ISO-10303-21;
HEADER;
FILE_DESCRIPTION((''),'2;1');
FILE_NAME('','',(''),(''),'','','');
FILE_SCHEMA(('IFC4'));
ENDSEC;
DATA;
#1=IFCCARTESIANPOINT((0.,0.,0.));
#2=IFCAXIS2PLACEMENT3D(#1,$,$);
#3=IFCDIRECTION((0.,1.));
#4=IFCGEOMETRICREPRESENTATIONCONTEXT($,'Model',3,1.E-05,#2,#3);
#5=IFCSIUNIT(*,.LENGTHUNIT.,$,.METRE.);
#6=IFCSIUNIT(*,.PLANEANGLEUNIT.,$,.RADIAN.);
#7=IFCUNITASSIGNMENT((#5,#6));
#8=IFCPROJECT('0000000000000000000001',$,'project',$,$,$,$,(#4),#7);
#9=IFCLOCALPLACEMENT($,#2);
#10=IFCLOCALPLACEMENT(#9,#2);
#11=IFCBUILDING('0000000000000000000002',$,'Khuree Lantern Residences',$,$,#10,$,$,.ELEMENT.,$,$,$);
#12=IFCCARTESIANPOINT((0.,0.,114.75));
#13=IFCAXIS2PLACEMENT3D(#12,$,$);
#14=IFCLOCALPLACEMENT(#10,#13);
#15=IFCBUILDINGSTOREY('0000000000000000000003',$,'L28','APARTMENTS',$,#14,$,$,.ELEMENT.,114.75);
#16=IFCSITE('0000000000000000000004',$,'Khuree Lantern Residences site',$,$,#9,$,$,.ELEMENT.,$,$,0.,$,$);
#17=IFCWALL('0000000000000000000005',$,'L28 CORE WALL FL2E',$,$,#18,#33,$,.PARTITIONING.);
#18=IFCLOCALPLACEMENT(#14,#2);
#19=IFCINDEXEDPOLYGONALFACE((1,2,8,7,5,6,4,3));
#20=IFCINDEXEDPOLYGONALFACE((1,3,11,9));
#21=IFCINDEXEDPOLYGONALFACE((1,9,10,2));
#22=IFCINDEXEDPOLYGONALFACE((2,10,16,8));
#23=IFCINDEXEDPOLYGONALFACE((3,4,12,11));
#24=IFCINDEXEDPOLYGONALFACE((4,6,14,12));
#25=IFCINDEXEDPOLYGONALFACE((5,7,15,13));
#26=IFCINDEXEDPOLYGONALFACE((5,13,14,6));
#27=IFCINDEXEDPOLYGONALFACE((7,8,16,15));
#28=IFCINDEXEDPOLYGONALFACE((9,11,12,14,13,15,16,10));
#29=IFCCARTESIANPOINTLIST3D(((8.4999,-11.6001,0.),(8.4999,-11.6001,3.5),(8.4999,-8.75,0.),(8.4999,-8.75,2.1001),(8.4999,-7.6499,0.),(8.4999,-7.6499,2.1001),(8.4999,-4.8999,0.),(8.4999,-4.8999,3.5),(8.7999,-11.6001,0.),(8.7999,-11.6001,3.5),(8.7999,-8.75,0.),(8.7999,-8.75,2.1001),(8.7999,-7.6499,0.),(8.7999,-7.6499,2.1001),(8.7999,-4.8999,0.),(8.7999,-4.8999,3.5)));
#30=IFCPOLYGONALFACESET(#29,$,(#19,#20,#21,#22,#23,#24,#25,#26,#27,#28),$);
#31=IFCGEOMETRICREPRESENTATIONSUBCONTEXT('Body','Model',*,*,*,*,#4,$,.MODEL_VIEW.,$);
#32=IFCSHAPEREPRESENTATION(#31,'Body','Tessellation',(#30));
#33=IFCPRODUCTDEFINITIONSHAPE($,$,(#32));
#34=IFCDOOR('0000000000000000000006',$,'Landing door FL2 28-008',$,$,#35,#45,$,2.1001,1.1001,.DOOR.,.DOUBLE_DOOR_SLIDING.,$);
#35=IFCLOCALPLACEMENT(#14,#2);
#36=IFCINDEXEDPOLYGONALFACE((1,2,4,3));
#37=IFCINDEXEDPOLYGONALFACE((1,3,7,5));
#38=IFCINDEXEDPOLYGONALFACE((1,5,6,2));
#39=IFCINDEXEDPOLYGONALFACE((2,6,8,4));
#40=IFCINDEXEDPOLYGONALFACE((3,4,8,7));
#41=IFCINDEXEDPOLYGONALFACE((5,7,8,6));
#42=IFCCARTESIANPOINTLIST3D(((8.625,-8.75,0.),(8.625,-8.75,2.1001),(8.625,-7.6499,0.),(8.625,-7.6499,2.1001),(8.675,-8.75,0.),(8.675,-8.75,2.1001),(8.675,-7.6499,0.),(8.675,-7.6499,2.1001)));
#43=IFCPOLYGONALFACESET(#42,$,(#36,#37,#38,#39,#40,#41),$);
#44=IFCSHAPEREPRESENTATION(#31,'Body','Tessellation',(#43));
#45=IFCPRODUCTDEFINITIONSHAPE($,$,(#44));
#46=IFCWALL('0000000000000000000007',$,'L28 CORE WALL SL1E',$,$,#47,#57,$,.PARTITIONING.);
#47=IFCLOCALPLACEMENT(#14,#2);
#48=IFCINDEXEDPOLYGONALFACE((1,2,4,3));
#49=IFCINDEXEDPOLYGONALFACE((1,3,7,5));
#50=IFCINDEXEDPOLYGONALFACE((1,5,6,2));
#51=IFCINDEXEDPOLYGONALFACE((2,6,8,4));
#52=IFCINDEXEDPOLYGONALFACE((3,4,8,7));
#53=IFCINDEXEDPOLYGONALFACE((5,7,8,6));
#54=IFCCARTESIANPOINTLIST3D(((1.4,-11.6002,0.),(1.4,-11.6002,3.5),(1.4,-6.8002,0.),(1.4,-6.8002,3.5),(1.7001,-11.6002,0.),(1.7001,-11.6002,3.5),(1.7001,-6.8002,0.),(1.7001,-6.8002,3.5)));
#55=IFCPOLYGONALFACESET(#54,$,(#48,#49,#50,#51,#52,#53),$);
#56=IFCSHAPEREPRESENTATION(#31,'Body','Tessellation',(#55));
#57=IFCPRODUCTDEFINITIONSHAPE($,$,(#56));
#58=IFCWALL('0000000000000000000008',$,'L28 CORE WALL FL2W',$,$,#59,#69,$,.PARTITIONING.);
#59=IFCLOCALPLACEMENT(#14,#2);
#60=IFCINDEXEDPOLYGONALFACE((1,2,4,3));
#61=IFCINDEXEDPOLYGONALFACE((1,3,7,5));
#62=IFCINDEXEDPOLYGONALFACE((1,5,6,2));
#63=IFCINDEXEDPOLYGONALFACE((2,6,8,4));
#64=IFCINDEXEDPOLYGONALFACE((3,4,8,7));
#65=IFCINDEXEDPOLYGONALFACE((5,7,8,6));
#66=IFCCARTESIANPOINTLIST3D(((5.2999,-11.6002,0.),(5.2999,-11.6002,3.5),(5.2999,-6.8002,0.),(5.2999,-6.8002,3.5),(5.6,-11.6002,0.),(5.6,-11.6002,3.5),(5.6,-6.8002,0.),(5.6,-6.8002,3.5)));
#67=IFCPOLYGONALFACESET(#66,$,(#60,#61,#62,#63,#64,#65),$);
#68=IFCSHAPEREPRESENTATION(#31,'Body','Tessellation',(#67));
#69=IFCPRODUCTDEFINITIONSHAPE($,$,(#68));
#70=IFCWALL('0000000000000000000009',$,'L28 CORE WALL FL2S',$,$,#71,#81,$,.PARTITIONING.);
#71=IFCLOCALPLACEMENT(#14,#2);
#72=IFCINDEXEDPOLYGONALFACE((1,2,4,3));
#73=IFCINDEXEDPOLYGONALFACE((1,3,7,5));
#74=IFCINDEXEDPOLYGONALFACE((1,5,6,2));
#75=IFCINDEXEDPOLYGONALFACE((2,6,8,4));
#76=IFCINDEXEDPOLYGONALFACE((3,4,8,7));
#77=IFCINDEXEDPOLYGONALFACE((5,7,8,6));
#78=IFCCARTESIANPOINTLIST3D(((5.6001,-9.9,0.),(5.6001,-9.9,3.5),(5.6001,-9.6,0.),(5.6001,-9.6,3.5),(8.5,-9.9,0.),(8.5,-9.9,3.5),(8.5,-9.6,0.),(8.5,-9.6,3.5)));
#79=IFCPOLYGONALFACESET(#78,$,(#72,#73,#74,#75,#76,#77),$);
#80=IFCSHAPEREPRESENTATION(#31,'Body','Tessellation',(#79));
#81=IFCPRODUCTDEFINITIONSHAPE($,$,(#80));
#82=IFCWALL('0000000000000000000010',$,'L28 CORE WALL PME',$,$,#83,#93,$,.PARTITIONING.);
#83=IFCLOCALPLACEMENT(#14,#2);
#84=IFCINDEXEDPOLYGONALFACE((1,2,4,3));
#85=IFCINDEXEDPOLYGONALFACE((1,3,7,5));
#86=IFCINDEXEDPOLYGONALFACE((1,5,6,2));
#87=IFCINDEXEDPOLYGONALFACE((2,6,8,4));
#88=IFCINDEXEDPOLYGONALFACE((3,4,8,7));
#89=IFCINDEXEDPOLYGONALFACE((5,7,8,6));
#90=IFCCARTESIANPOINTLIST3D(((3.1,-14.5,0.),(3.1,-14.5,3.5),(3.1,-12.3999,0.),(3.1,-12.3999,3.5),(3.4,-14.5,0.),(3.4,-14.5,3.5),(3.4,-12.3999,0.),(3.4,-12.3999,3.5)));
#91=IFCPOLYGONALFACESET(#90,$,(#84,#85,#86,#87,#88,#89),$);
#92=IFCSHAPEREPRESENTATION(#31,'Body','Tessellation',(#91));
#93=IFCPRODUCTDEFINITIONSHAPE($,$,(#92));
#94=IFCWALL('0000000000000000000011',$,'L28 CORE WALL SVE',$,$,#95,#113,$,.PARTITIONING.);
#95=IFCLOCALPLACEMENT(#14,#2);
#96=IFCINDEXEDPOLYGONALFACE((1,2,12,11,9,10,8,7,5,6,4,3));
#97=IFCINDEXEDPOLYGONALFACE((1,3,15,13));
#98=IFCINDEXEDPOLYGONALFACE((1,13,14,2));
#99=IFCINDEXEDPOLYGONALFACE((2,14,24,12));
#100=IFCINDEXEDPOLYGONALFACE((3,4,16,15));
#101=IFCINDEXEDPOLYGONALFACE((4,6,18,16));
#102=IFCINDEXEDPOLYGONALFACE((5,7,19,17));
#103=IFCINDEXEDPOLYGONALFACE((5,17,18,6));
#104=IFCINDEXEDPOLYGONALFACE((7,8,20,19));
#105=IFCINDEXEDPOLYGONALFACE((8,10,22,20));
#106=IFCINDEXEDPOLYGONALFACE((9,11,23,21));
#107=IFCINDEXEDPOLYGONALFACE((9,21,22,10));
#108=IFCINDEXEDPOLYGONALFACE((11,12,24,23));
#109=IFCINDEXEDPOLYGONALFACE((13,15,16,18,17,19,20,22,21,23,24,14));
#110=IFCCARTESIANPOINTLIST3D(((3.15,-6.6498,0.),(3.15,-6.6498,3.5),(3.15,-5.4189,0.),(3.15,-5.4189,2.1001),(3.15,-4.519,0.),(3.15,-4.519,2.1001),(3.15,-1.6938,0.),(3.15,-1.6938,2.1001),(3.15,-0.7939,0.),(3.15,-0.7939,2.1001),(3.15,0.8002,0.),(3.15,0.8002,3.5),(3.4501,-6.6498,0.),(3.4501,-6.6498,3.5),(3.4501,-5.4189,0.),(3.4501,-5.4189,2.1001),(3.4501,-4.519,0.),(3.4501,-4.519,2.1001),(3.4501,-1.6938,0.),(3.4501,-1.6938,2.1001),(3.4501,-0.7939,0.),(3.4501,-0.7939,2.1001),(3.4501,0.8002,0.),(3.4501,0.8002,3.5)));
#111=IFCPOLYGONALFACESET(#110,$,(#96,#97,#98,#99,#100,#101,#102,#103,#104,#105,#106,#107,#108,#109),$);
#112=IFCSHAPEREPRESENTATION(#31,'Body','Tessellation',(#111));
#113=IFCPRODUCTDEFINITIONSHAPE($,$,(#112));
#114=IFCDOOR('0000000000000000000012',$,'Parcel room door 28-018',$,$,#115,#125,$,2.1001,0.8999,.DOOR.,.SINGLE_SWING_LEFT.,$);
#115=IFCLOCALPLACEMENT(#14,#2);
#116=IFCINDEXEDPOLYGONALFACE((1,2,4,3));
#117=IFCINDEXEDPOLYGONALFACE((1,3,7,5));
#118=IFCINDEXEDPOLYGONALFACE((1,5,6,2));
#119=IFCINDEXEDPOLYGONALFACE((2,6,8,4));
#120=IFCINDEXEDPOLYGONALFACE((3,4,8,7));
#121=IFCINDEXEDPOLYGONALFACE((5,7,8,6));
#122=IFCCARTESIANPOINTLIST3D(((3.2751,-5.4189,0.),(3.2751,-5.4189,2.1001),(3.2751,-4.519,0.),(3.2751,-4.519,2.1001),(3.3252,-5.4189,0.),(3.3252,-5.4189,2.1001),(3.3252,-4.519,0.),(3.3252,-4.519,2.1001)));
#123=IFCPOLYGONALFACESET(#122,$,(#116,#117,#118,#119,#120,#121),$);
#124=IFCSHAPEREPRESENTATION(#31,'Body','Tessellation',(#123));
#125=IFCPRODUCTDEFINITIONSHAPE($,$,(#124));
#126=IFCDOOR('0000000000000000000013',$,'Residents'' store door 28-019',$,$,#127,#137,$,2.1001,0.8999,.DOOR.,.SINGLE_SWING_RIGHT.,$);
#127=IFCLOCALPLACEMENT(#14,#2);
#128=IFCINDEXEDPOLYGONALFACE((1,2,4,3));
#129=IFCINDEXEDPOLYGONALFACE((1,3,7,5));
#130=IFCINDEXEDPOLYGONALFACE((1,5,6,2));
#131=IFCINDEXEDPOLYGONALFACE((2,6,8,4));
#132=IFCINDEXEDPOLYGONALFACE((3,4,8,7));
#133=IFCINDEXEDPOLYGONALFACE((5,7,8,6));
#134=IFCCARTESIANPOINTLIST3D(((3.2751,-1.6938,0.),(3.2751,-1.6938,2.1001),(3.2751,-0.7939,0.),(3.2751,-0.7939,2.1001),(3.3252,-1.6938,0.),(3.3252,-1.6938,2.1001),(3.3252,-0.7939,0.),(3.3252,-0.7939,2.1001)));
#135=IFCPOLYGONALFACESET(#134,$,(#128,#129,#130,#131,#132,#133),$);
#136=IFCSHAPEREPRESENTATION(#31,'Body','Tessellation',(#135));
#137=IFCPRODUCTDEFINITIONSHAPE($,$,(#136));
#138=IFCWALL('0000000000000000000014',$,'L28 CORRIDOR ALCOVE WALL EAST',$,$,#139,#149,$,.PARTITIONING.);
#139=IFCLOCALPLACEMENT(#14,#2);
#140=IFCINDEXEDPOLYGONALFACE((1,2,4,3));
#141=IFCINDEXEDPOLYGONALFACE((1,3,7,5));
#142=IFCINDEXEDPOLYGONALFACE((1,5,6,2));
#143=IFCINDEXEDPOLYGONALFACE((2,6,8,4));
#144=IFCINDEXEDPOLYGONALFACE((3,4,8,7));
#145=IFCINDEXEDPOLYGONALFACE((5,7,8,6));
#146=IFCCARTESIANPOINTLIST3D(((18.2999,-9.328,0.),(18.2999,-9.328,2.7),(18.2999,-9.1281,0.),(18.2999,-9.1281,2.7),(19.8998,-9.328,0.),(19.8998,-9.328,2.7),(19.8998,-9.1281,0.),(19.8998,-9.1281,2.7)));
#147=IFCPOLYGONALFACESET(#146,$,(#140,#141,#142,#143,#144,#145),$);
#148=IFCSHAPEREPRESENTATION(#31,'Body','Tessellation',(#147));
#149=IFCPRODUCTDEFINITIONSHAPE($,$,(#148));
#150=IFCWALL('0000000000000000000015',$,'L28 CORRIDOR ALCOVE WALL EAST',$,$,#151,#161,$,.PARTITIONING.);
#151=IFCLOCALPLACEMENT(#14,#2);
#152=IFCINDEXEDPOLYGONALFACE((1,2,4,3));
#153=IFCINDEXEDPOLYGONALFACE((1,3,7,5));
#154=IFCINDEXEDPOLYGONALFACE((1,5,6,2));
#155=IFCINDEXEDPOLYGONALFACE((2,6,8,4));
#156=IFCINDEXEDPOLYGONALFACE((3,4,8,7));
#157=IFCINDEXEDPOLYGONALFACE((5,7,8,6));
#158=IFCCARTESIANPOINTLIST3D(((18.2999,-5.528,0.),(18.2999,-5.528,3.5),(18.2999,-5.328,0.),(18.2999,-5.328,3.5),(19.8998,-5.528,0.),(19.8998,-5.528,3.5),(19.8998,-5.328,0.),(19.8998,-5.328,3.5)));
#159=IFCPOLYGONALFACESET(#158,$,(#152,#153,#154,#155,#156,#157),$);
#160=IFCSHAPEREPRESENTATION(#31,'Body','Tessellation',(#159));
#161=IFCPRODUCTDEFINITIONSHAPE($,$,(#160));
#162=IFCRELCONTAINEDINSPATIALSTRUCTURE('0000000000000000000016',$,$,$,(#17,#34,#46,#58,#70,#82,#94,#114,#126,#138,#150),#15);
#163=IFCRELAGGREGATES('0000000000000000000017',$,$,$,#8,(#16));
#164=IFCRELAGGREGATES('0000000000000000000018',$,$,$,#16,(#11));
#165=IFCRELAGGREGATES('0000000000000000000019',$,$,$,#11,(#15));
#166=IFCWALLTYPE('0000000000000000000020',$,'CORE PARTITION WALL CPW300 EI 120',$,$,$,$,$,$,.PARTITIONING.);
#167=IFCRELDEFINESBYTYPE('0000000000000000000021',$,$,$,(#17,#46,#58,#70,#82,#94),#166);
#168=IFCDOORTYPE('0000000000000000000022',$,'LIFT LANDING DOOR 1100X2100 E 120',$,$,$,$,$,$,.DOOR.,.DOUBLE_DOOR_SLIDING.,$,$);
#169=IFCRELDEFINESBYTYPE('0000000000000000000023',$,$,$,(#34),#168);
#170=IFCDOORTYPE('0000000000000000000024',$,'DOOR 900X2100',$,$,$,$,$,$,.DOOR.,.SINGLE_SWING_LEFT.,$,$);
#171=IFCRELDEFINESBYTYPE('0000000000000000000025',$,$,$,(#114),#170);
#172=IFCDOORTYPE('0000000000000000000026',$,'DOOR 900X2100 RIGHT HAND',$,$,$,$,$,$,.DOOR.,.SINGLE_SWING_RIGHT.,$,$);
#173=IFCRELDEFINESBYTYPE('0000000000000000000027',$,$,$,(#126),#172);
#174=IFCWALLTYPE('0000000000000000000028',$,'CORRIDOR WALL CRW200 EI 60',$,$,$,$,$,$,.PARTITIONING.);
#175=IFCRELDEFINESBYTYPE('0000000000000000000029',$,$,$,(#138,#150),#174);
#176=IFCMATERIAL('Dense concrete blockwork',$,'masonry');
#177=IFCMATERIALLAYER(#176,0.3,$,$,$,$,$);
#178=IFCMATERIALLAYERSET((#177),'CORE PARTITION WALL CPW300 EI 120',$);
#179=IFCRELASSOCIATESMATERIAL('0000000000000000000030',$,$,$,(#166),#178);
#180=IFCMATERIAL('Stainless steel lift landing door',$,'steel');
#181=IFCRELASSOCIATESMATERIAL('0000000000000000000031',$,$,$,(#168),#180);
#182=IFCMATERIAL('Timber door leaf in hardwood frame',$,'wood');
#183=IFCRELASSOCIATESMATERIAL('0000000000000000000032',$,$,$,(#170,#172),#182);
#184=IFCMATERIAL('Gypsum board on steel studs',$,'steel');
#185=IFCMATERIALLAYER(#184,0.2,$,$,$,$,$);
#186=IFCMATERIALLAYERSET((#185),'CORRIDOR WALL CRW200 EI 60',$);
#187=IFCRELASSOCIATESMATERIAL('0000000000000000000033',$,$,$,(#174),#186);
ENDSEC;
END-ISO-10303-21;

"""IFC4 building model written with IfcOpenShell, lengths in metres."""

from ifc_helpers import new_model, si_unit, direction, frame, frame_2d, origin, place, context, subcontext, project, spatial, rectangle, extrude, material, layer, layer_set, type_object, element, fill, save


model = new_model("IFC4")

# Units and contexts
model_context = context("Model", 3, precision=1e-05, world=origin(), true_north=direction((0.0, 1.0)))
body_context = subcontext(model_context, "Body", "Model", "MODEL_VIEW")
ifc_project = project(units=[si_unit("LENGTHUNIT", "METRE"), si_unit("PLANEANGLEUNIT", "RADIAN")], contexts=[model_context])

# Site, building, storey
site_placement = place(None, origin())
site = spatial("IfcSite", under=ifc_project, at=site_placement, Name="Khuree Lantern Residences site", CompositionType="ELEMENT", RefElevation=0.0)
building_placement = place(site_placement, origin())
building = spatial("IfcBuilding", under=site, at=building_placement, Name="Khuree Lantern Residences", CompositionType="ELEMENT")
storey_placement = place(building_placement, frame((0.0, 0.0, 114.75)))
storey = spatial("IfcBuildingStorey", under=building, at=storey_placement, Name="L28", Description="APARTMENTS", CompositionType="ELEMENT", Elevation=114.75)

# Wall, opening, door
ifc_material_1 = material(Name="Dense concrete blockwork", Category="masonry")
ifc_layer_1 = layer(ifc_material_1, 0.3)
ifc_layer_set_1 = layer_set([ifc_layer_1], Name="CORE PARTITION WALL CPW300 EI 120")
wall_type_1 = type_object("IfcWallType", Name="CORE PARTITION WALL CPW300 EI 120", PredefinedType="PARTITIONING", material=ifc_layer_set_1)
wall_1_placement = place(storey_placement, frame((8.6499, -11.6001, 0.0), z_axis=(0.0, 0.0, 1.0), x_axis=(0.0, 1.0, 0.0)))
wall_1 = element("IfcWall", 1, at=wall_1_placement, inside=storey, type_object=wall_type_1, Name="L28 CORE WALL FL2E", PredefinedType="PARTITIONING", context=body_context, shape_type="SweptSolid", body=[
    extrude(rectangle(XDim=6.7002, YDim=0.3, at=frame_2d((3.3501, 0.0))), origin(), (0.0, 0.0, 1.0), 3.5),
])
opening_1_placement = place(wall_1_placement, frame((2.8501, 0.0, 0.0)))
opening_1 = element("IfcOpeningElement", 2, at=opening_1_placement, cuts=wall_1, PredefinedType="OPENING", context=body_context, shape_type="SweptSolid", body=[
    extrude(rectangle(XDim=1.1001, YDim=2.1001, at=frame_2d((0.55, 1.05))), frame((0.0, 0.1602, 0.0), z_axis=(0.0, -1.0, 0.0), x_axis=(1.0, 0.0, 0.0)), (0.0, 0.0, 1.0), 0.3201),
])
ifc_material_2 = material(Name="Stainless steel lift landing door", Category="steel")
door_type_1 = type_object("IfcDoorType", Name="LIFT LANDING DOOR 1100X2100 E 120", OperationType="DOUBLE_DOOR_SLIDING", PredefinedType="DOOR", material=ifc_material_2)
door_1_placement = place(opening_1_placement, origin())
door_1 = element("IfcDoor", 3, at=door_1_placement, inside=storey, type_object=door_type_1, Name="Landing door FL2 28-008", OperationType="DOUBLE_DOOR_SLIDING", OverallHeight=2.1001, OverallWidth=1.1001, PredefinedType="DOOR", context=body_context, shape_type="SweptSolid", body=[
    extrude(rectangle(XDim=1.1001, YDim=2.1001, at=frame_2d((0.55, 1.05))), frame((0.0, 0.0249, 0.0), z_axis=(0.0, -1.0, 0.0), x_axis=(1.0, 0.0, 0.0)), (0.0, 0.0, 1.0), 0.05),
])
fill(opening_1, door_1)

# Walls
for number, where, z_axis, x_axis, name in (
    (4, (1.55, -11.6001, 0.0), (0.0, 0.0, 1.0), (0.0, 1.0, 0.0), "L28 CORE WALL SL1E"),
    (5, (5.45, -11.6001, 0.0), (0.0, 0.0, 1.0), (0.0, 1.0, 0.0), "L28 CORE WALL FL2W"),
):
    element("IfcWall", number, at=place(storey_placement, frame(where, z_axis=z_axis, x_axis=x_axis)), inside=storey, type_object=wall_type_1, Name=name, PredefinedType="PARTITIONING", context=body_context, shape_type="SweptSolid", body=[
        extrude(rectangle(XDim=4.8, YDim=0.3, at=frame_2d((2.3999, 0.0))), origin(), (0.0, 0.0, 1.0), 3.5),
    ])
wall_2_placement = place(storey_placement, frame((5.6001, -9.75, 0.0), z_axis=(0.0, 0.0, 1.0), x_axis=(1.0, 0.0, 0.0)))
element("IfcWall", 6, at=wall_2_placement, inside=storey, type_object=wall_type_1, Name="L28 CORE WALL FL2S", PredefinedType="PARTITIONING", context=body_context, shape_type="SweptSolid", body=[
    extrude(rectangle(XDim=2.8999, YDim=0.3, at=frame_2d((1.45, 0.0))), origin(), (0.0, 0.0, 1.0), 3.5),
])
wall_3_placement = place(storey_placement, frame((3.25, -14.5, 0.0), z_axis=(0.0, 0.0, 1.0), x_axis=(0.0, 1.0, 0.0)))
element("IfcWall", 7, at=wall_3_placement, inside=storey, type_object=wall_type_1, Name="L28 CORE WALL PME", PredefinedType="PARTITIONING", context=body_context, shape_type="SweptSolid", body=[
    extrude(rectangle(XDim=2.1001, YDim=0.3, at=frame_2d((1.05, 0.0))), origin(), (0.0, 0.0, 1.0), 3.5),
])

# Wall, openings, doors
wall_4_placement = place(storey_placement, frame((3.3, -6.6499, 0.0), z_axis=(0.0, 0.0, 1.0), x_axis=(0.0, 1.0, 0.0)))
wall_4 = element("IfcWall", 8, at=wall_4_placement, inside=storey, type_object=wall_type_1, Name="L28 CORE WALL SVE", PredefinedType="PARTITIONING", context=body_context, shape_type="SweptSolid", body=[
    extrude(rectangle(XDim=7.45, YDim=0.3, at=frame_2d((3.7251, 0.0))), origin(), (0.0, 0.0, 1.0), 3.5),
])
opening_2_placement = place(wall_4_placement, frame((1.231, 0.0, 0.0)))
opening_2 = element("IfcOpeningElement", 9, at=opening_2_placement, cuts=wall_4, PredefinedType="OPENING", context=body_context, shape_type="SweptSolid", body=[
    extrude(rectangle(XDim=0.8999, YDim=2.1001, at=frame_2d((0.45, 1.05))), frame((0.0, 0.1602, 0.0), z_axis=(0.0, -1.0, 0.0), x_axis=(1.0, 0.0, 0.0)), (0.0, 0.0, 1.0), 0.3201),
])
opening_3_placement = place(wall_4_placement, frame((4.9561, 0.0, 0.0)))
opening_3 = element("IfcOpeningElement", 10, at=opening_3_placement, cuts=wall_4, PredefinedType="OPENING", context=body_context, shape_type="SweptSolid", body=[
    extrude(rectangle(XDim=0.8999, YDim=2.1001, at=frame_2d((0.45, 1.05))), frame((0.0, 0.1602, 0.0), z_axis=(0.0, -1.0, 0.0), x_axis=(1.0, 0.0, 0.0)), (0.0, 0.0, 1.0), 0.3201),
])
ifc_material_3 = material(Name="Timber door leaf in hardwood frame", Category="wood")
door_type_2 = type_object("IfcDoorType", Name="DOOR 900X2100", OperationType="SINGLE_SWING_LEFT", PredefinedType="DOOR", material=ifc_material_3)
door_2_placement = place(opening_2_placement, origin())
door_2 = element("IfcDoor", 11, at=door_2_placement, inside=storey, type_object=door_type_2, Name="Parcel room door 28-018", OperationType="SINGLE_SWING_LEFT", OverallHeight=2.1001, OverallWidth=0.8999, PredefinedType="DOOR", context=body_context, shape_type="SweptSolid", body=[
    extrude(rectangle(XDim=0.8999, YDim=2.1001, at=frame_2d((0.45, 1.05))), frame((0.0, 0.0249, 0.0), z_axis=(0.0, -1.0, 0.0), x_axis=(1.0, 0.0, 0.0)), (0.0, 0.0, 1.0), 0.05),
])
fill(opening_2, door_2)
door_type_3 = type_object("IfcDoorType", Name="DOOR 900X2100 RIGHT HAND", OperationType="SINGLE_SWING_RIGHT", PredefinedType="DOOR", material=ifc_material_3)
door_3_placement = place(opening_3_placement, origin())
door_3 = element("IfcDoor", 12, at=door_3_placement, inside=storey, type_object=door_type_3, Name="Residents' store door 28-019", OperationType="SINGLE_SWING_RIGHT", OverallHeight=2.1001, OverallWidth=0.8999, PredefinedType="DOOR", context=body_context, shape_type="SweptSolid", body=[
    extrude(rectangle(XDim=0.8999, YDim=2.1001, at=frame_2d((0.45, 1.05))), frame((0.0, 0.0249, 0.0), z_axis=(0.0, -1.0, 0.0), x_axis=(1.0, 0.0, 0.0)), (0.0, 0.0, 1.0), 0.05),
])
fill(opening_3, door_3)

# Walls
ifc_material_4 = material(Name="Gypsum board on steel studs", Category="steel")
ifc_layer_2 = layer(ifc_material_4, 0.2)
ifc_layer_set_2 = layer_set([ifc_layer_2], Name="CORRIDOR WALL CRW200 EI 60")
wall_type_2 = type_object("IfcWallType", Name="CORRIDOR WALL CRW200 EI 60", PredefinedType="PARTITIONING", material=ifc_layer_set_2)
wall_5_placement = place(storey_placement, frame((18.3, -9.228, 0.0), z_axis=(0.0, 0.0, 1.0), x_axis=(1.0, 0.0, 0.0)))
element("IfcWall", 13, at=wall_5_placement, inside=storey, type_object=wall_type_2, Name="L28 CORRIDOR ALCOVE WALL EAST", PredefinedType="PARTITIONING", context=body_context, shape_type="SweptSolid", body=[
    extrude(rectangle(XDim=1.5999, YDim=0.2, at=frame_2d((0.7998, 0.0))), origin(), (0.0, 0.0, 1.0), 2.7),
])
wall_6_placement = place(storey_placement, frame((18.3, -5.428, 0.0), z_axis=(0.0, 0.0, 1.0), x_axis=(1.0, 0.0, 0.0)))
element("IfcWall", 14, at=wall_6_placement, inside=storey, type_object=wall_type_2, Name="L28 CORRIDOR ALCOVE WALL EAST", PredefinedType="PARTITIONING", context=body_context, shape_type="SweptSolid", body=[
    extrude(rectangle(XDim=1.5999, YDim=0.2, at=frame_2d((0.7998, 0.0))), origin(), (0.0, 0.0, 1.0), 3.5),
])

save(model, "model.ifc")
